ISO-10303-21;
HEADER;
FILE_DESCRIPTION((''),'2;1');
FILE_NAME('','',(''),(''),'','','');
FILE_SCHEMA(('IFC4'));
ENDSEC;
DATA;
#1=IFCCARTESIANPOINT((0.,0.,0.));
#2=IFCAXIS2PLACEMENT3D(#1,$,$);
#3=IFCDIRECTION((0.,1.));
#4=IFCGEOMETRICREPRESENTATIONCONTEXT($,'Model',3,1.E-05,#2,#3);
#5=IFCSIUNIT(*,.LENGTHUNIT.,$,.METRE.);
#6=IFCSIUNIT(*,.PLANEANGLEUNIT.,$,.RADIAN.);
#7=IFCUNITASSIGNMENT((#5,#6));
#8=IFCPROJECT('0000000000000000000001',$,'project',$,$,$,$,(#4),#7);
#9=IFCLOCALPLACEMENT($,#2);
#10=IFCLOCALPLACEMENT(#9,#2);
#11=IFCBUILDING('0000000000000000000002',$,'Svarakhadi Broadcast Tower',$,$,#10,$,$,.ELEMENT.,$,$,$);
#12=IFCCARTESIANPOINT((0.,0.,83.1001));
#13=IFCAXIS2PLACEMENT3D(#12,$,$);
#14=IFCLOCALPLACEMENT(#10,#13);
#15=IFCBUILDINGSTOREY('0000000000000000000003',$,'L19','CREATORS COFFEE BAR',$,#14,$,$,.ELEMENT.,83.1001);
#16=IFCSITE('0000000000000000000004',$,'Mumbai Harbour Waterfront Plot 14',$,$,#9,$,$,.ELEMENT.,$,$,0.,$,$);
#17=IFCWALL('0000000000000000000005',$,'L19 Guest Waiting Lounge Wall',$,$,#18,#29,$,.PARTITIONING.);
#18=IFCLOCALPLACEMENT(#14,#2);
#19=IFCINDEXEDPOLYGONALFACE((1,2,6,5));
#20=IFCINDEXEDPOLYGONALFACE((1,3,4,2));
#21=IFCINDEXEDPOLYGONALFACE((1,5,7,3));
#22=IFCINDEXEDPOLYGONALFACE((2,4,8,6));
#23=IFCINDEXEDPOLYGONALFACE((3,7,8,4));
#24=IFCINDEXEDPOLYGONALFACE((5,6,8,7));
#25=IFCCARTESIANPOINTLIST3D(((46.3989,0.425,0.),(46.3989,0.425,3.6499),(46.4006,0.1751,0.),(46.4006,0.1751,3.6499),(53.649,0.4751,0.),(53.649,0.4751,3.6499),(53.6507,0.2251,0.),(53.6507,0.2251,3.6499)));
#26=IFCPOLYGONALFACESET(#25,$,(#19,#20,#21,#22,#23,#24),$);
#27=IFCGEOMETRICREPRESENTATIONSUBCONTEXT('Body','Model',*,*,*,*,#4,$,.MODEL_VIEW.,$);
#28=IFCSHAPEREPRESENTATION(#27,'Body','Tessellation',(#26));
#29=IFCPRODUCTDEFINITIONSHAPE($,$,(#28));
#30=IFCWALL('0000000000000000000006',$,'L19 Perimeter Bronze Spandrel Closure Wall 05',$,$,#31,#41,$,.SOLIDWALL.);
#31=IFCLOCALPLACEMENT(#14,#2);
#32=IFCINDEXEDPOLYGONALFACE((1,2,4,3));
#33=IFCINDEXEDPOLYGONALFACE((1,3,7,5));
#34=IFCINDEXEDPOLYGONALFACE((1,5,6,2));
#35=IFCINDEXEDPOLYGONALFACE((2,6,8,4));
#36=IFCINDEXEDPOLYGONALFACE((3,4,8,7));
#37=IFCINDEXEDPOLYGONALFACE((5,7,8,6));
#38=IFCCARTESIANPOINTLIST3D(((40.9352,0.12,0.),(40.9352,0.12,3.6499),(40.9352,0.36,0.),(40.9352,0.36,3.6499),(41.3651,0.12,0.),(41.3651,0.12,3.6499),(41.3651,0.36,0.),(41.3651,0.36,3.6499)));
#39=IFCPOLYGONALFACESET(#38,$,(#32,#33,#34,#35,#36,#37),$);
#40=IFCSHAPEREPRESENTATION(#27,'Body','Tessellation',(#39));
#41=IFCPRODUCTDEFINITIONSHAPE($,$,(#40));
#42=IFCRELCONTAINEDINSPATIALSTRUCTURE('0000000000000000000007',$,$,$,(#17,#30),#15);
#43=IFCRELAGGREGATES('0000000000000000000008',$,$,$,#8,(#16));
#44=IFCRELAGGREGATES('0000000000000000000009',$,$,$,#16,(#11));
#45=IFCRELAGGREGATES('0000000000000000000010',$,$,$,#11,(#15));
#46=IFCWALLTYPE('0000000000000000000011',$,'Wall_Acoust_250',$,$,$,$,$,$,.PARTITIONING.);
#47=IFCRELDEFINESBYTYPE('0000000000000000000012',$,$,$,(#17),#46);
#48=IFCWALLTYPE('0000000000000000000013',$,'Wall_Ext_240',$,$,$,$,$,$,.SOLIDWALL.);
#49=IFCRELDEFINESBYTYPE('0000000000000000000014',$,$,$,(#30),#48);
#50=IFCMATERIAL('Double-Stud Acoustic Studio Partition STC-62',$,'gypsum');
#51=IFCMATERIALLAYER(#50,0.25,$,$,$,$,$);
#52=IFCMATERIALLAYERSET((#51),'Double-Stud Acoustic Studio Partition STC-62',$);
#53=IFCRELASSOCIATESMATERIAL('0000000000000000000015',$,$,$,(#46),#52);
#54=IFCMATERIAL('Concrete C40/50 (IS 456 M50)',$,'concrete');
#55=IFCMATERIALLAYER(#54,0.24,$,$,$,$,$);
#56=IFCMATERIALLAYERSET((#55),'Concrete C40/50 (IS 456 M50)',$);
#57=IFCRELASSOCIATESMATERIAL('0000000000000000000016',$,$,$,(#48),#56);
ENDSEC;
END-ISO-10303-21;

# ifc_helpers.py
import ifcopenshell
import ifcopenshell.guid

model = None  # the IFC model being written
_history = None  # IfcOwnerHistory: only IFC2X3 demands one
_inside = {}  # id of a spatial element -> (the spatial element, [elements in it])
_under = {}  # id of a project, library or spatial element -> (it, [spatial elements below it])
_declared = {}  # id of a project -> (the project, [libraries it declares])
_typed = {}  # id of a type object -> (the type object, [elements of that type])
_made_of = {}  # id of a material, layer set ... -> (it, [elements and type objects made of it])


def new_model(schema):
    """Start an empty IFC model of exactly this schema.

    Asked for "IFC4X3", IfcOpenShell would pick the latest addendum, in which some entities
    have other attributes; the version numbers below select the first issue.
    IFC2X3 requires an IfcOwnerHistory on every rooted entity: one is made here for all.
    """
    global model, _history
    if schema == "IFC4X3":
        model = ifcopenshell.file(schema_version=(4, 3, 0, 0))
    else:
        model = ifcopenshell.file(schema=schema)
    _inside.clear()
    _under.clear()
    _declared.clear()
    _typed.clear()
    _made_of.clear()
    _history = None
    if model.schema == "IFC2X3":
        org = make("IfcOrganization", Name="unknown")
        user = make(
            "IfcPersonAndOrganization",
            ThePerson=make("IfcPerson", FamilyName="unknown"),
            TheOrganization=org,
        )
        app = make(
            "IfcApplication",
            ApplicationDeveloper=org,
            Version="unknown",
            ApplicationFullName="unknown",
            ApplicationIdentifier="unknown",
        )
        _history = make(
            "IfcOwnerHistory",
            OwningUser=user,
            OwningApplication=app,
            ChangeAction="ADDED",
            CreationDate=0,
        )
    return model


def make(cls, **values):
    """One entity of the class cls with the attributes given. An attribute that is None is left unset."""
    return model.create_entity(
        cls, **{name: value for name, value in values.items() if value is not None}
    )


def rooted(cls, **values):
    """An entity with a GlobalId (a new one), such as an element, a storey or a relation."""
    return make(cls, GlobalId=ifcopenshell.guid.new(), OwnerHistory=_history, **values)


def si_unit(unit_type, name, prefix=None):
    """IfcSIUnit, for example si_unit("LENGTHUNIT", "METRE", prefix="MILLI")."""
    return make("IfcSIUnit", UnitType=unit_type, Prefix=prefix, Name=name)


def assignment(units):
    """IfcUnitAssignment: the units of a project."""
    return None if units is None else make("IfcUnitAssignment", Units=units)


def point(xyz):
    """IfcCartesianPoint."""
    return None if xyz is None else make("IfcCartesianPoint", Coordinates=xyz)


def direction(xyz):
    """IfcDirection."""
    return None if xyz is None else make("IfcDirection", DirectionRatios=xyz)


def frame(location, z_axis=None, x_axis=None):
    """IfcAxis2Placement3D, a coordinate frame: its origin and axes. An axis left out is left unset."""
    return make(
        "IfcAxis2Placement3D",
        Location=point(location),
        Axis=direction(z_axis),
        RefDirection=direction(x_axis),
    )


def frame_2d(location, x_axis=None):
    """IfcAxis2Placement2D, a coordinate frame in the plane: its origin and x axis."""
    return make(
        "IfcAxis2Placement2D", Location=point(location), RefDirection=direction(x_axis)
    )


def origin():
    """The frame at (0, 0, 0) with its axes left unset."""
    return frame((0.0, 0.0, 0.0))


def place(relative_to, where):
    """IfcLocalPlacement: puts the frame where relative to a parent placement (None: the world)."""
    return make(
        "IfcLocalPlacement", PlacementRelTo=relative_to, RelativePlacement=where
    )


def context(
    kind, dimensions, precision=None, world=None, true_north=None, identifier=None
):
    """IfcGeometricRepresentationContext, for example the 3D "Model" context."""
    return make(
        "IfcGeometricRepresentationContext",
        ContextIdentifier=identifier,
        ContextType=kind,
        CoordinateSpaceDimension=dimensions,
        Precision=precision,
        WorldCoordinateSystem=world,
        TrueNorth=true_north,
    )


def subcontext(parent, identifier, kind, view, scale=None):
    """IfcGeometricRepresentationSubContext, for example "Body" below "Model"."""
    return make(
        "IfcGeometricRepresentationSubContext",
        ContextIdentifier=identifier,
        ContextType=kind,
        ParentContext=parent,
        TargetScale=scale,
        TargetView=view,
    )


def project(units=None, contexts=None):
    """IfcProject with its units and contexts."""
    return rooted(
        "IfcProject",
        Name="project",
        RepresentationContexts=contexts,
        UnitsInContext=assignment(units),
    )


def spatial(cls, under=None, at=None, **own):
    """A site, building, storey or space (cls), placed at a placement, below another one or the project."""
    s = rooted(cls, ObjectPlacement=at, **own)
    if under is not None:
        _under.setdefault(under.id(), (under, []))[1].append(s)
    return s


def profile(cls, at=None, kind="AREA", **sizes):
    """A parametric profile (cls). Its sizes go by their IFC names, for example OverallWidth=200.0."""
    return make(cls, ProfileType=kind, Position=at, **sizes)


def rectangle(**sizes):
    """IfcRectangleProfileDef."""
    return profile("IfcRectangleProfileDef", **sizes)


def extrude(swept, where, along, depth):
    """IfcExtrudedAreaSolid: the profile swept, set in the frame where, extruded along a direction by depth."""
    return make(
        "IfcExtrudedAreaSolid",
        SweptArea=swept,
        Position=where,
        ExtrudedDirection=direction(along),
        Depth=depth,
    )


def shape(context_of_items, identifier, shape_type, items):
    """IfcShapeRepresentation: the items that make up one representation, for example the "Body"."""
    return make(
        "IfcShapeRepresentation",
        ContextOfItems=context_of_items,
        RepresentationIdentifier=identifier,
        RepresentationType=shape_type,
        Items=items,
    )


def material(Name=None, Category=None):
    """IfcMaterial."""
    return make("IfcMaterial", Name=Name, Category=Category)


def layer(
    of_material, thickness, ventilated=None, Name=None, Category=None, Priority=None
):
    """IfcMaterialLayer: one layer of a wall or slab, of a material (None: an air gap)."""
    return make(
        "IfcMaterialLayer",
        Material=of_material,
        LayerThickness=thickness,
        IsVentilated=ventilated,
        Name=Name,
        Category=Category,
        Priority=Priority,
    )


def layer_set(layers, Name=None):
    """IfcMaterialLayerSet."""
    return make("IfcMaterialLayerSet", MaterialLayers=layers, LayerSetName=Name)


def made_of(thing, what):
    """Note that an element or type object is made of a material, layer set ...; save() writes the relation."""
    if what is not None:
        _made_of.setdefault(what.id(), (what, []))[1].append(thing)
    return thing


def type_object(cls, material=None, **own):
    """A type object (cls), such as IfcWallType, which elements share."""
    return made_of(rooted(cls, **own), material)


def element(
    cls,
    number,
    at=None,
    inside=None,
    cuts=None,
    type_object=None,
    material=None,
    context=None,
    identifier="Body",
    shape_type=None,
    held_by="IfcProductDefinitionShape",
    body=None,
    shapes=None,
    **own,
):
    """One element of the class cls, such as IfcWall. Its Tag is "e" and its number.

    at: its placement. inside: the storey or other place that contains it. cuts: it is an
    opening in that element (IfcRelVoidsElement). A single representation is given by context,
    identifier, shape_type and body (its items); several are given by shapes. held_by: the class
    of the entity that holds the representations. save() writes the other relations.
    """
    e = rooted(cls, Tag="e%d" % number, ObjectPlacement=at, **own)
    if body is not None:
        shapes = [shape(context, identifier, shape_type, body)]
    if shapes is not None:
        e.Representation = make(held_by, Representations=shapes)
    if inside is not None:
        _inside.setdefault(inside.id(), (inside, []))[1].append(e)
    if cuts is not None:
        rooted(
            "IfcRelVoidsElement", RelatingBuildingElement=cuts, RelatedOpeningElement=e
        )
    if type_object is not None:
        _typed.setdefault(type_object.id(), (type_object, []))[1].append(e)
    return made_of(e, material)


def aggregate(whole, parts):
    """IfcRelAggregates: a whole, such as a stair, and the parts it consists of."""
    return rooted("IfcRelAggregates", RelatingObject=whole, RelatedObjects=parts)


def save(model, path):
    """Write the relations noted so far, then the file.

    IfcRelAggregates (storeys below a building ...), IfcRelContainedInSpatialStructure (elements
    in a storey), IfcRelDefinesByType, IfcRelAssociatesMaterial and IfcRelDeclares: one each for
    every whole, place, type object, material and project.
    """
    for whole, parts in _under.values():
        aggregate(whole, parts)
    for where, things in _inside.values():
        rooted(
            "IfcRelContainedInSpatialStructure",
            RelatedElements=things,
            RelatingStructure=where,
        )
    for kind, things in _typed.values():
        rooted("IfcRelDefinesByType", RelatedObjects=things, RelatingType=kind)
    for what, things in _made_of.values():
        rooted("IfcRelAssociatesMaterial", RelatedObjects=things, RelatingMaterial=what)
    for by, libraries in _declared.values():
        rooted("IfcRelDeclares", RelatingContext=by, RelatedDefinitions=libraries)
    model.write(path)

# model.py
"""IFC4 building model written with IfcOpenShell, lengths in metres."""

from ifc_helpers import new_model, si_unit, direction, frame, frame_2d, origin, place, context, subcontext, project, spatial, rectangle, extrude, material, layer, layer_set, type_object, element, save


model = new_model("IFC4")

# Units and contexts
model_context = context("Model", 3, precision=1e-05, world=origin(), true_north=direction((0.0, 1.0)))
body_context = subcontext(model_context, "Body", "Model", "MODEL_VIEW")
ifc_project = project(units=[si_unit("LENGTHUNIT", "METRE"), si_unit("PLANEANGLEUNIT", "RADIAN")], contexts=[model_context])

# Site, building, storey
site_placement = place(None, origin())
site = spatial("IfcSite", under=ifc_project, at=site_placement, Name="Mumbai Harbour Waterfront Plot 14", CompositionType="ELEMENT", RefElevation=0.0)
building_placement = place(site_placement, origin())
building = spatial("IfcBuilding", under=site, at=building_placement, Name="Svarakhadi Broadcast Tower", CompositionType="ELEMENT")
storey_placement = place(building_placement, frame((0.0, 0.0, 83.1001)))
storey = spatial("IfcBuildingStorey", under=building, at=storey_placement, Name="L19", Description="CREATORS COFFEE BAR", CompositionType="ELEMENT", Elevation=83.1001)

# Walls
ifc_material_1 = material(Name="Double-Stud Acoustic Studio Partition STC-62", Category="gypsum")
ifc_layer_1 = layer(ifc_material_1, 0.25)
ifc_layer_set_1 = layer_set([ifc_layer_1], Name="Double-Stud Acoustic Studio Partition STC-62")
wall_type_1 = type_object("IfcWallType", Name="Wall_Acoust_250", PredefinedType="PARTITIONING", material=ifc_layer_set_1)
wall_1_placement = place(storey_placement, frame((46.3999, 0.3, 0.0), z_axis=(0.0, 0.0, 1.0), x_axis=(0.999976, 0.006903, 0.0)))
element("IfcWall", 1, at=wall_1_placement, inside=storey, type_object=wall_type_1, Name="L19 Guest Waiting Lounge Wall", PredefinedType="PARTITIONING", context=body_context, shape_type="SweptSolid", body=[
    extrude(rectangle(XDim=7.2502, YDim=0.25, at=frame_2d((3.625, 0.0))), origin(), (0.0, 0.0, 1.0), 3.6499),
])
ifc_material_2 = material(Name="Concrete C40/50 (IS 456 M50)", Category="concrete")
ifc_layer_2 = layer(ifc_material_2, 0.24)
ifc_layer_set_2 = layer_set([ifc_layer_2], Name="Concrete C40/50 (IS 456 M50)")
wall_type_2 = type_object("IfcWallType", Name="Wall_Ext_240", PredefinedType="SOLIDWALL", material=ifc_layer_set_2)
wall_2_placement = place(storey_placement, frame((41.365, 0.24, 0.0), z_axis=(0.0, 0.0, 1.0), x_axis=(-1.0, 0.0, 0.0)))
element("IfcWall", 2, at=wall_2_placement, inside=storey, type_object=wall_type_2, Name="L19 Perimeter Bronze Spandrel Closure Wall 05", PredefinedType="SOLIDWALL", context=body_context, shape_type="SweptSolid", body=[
    extrude(rectangle(XDim=0.4299, YDim=0.24, at=frame_2d((0.2148, 0.0))), origin(), (0.0, 0.0, 1.0), 3.6499),
])

save(model, "model.ifc")
